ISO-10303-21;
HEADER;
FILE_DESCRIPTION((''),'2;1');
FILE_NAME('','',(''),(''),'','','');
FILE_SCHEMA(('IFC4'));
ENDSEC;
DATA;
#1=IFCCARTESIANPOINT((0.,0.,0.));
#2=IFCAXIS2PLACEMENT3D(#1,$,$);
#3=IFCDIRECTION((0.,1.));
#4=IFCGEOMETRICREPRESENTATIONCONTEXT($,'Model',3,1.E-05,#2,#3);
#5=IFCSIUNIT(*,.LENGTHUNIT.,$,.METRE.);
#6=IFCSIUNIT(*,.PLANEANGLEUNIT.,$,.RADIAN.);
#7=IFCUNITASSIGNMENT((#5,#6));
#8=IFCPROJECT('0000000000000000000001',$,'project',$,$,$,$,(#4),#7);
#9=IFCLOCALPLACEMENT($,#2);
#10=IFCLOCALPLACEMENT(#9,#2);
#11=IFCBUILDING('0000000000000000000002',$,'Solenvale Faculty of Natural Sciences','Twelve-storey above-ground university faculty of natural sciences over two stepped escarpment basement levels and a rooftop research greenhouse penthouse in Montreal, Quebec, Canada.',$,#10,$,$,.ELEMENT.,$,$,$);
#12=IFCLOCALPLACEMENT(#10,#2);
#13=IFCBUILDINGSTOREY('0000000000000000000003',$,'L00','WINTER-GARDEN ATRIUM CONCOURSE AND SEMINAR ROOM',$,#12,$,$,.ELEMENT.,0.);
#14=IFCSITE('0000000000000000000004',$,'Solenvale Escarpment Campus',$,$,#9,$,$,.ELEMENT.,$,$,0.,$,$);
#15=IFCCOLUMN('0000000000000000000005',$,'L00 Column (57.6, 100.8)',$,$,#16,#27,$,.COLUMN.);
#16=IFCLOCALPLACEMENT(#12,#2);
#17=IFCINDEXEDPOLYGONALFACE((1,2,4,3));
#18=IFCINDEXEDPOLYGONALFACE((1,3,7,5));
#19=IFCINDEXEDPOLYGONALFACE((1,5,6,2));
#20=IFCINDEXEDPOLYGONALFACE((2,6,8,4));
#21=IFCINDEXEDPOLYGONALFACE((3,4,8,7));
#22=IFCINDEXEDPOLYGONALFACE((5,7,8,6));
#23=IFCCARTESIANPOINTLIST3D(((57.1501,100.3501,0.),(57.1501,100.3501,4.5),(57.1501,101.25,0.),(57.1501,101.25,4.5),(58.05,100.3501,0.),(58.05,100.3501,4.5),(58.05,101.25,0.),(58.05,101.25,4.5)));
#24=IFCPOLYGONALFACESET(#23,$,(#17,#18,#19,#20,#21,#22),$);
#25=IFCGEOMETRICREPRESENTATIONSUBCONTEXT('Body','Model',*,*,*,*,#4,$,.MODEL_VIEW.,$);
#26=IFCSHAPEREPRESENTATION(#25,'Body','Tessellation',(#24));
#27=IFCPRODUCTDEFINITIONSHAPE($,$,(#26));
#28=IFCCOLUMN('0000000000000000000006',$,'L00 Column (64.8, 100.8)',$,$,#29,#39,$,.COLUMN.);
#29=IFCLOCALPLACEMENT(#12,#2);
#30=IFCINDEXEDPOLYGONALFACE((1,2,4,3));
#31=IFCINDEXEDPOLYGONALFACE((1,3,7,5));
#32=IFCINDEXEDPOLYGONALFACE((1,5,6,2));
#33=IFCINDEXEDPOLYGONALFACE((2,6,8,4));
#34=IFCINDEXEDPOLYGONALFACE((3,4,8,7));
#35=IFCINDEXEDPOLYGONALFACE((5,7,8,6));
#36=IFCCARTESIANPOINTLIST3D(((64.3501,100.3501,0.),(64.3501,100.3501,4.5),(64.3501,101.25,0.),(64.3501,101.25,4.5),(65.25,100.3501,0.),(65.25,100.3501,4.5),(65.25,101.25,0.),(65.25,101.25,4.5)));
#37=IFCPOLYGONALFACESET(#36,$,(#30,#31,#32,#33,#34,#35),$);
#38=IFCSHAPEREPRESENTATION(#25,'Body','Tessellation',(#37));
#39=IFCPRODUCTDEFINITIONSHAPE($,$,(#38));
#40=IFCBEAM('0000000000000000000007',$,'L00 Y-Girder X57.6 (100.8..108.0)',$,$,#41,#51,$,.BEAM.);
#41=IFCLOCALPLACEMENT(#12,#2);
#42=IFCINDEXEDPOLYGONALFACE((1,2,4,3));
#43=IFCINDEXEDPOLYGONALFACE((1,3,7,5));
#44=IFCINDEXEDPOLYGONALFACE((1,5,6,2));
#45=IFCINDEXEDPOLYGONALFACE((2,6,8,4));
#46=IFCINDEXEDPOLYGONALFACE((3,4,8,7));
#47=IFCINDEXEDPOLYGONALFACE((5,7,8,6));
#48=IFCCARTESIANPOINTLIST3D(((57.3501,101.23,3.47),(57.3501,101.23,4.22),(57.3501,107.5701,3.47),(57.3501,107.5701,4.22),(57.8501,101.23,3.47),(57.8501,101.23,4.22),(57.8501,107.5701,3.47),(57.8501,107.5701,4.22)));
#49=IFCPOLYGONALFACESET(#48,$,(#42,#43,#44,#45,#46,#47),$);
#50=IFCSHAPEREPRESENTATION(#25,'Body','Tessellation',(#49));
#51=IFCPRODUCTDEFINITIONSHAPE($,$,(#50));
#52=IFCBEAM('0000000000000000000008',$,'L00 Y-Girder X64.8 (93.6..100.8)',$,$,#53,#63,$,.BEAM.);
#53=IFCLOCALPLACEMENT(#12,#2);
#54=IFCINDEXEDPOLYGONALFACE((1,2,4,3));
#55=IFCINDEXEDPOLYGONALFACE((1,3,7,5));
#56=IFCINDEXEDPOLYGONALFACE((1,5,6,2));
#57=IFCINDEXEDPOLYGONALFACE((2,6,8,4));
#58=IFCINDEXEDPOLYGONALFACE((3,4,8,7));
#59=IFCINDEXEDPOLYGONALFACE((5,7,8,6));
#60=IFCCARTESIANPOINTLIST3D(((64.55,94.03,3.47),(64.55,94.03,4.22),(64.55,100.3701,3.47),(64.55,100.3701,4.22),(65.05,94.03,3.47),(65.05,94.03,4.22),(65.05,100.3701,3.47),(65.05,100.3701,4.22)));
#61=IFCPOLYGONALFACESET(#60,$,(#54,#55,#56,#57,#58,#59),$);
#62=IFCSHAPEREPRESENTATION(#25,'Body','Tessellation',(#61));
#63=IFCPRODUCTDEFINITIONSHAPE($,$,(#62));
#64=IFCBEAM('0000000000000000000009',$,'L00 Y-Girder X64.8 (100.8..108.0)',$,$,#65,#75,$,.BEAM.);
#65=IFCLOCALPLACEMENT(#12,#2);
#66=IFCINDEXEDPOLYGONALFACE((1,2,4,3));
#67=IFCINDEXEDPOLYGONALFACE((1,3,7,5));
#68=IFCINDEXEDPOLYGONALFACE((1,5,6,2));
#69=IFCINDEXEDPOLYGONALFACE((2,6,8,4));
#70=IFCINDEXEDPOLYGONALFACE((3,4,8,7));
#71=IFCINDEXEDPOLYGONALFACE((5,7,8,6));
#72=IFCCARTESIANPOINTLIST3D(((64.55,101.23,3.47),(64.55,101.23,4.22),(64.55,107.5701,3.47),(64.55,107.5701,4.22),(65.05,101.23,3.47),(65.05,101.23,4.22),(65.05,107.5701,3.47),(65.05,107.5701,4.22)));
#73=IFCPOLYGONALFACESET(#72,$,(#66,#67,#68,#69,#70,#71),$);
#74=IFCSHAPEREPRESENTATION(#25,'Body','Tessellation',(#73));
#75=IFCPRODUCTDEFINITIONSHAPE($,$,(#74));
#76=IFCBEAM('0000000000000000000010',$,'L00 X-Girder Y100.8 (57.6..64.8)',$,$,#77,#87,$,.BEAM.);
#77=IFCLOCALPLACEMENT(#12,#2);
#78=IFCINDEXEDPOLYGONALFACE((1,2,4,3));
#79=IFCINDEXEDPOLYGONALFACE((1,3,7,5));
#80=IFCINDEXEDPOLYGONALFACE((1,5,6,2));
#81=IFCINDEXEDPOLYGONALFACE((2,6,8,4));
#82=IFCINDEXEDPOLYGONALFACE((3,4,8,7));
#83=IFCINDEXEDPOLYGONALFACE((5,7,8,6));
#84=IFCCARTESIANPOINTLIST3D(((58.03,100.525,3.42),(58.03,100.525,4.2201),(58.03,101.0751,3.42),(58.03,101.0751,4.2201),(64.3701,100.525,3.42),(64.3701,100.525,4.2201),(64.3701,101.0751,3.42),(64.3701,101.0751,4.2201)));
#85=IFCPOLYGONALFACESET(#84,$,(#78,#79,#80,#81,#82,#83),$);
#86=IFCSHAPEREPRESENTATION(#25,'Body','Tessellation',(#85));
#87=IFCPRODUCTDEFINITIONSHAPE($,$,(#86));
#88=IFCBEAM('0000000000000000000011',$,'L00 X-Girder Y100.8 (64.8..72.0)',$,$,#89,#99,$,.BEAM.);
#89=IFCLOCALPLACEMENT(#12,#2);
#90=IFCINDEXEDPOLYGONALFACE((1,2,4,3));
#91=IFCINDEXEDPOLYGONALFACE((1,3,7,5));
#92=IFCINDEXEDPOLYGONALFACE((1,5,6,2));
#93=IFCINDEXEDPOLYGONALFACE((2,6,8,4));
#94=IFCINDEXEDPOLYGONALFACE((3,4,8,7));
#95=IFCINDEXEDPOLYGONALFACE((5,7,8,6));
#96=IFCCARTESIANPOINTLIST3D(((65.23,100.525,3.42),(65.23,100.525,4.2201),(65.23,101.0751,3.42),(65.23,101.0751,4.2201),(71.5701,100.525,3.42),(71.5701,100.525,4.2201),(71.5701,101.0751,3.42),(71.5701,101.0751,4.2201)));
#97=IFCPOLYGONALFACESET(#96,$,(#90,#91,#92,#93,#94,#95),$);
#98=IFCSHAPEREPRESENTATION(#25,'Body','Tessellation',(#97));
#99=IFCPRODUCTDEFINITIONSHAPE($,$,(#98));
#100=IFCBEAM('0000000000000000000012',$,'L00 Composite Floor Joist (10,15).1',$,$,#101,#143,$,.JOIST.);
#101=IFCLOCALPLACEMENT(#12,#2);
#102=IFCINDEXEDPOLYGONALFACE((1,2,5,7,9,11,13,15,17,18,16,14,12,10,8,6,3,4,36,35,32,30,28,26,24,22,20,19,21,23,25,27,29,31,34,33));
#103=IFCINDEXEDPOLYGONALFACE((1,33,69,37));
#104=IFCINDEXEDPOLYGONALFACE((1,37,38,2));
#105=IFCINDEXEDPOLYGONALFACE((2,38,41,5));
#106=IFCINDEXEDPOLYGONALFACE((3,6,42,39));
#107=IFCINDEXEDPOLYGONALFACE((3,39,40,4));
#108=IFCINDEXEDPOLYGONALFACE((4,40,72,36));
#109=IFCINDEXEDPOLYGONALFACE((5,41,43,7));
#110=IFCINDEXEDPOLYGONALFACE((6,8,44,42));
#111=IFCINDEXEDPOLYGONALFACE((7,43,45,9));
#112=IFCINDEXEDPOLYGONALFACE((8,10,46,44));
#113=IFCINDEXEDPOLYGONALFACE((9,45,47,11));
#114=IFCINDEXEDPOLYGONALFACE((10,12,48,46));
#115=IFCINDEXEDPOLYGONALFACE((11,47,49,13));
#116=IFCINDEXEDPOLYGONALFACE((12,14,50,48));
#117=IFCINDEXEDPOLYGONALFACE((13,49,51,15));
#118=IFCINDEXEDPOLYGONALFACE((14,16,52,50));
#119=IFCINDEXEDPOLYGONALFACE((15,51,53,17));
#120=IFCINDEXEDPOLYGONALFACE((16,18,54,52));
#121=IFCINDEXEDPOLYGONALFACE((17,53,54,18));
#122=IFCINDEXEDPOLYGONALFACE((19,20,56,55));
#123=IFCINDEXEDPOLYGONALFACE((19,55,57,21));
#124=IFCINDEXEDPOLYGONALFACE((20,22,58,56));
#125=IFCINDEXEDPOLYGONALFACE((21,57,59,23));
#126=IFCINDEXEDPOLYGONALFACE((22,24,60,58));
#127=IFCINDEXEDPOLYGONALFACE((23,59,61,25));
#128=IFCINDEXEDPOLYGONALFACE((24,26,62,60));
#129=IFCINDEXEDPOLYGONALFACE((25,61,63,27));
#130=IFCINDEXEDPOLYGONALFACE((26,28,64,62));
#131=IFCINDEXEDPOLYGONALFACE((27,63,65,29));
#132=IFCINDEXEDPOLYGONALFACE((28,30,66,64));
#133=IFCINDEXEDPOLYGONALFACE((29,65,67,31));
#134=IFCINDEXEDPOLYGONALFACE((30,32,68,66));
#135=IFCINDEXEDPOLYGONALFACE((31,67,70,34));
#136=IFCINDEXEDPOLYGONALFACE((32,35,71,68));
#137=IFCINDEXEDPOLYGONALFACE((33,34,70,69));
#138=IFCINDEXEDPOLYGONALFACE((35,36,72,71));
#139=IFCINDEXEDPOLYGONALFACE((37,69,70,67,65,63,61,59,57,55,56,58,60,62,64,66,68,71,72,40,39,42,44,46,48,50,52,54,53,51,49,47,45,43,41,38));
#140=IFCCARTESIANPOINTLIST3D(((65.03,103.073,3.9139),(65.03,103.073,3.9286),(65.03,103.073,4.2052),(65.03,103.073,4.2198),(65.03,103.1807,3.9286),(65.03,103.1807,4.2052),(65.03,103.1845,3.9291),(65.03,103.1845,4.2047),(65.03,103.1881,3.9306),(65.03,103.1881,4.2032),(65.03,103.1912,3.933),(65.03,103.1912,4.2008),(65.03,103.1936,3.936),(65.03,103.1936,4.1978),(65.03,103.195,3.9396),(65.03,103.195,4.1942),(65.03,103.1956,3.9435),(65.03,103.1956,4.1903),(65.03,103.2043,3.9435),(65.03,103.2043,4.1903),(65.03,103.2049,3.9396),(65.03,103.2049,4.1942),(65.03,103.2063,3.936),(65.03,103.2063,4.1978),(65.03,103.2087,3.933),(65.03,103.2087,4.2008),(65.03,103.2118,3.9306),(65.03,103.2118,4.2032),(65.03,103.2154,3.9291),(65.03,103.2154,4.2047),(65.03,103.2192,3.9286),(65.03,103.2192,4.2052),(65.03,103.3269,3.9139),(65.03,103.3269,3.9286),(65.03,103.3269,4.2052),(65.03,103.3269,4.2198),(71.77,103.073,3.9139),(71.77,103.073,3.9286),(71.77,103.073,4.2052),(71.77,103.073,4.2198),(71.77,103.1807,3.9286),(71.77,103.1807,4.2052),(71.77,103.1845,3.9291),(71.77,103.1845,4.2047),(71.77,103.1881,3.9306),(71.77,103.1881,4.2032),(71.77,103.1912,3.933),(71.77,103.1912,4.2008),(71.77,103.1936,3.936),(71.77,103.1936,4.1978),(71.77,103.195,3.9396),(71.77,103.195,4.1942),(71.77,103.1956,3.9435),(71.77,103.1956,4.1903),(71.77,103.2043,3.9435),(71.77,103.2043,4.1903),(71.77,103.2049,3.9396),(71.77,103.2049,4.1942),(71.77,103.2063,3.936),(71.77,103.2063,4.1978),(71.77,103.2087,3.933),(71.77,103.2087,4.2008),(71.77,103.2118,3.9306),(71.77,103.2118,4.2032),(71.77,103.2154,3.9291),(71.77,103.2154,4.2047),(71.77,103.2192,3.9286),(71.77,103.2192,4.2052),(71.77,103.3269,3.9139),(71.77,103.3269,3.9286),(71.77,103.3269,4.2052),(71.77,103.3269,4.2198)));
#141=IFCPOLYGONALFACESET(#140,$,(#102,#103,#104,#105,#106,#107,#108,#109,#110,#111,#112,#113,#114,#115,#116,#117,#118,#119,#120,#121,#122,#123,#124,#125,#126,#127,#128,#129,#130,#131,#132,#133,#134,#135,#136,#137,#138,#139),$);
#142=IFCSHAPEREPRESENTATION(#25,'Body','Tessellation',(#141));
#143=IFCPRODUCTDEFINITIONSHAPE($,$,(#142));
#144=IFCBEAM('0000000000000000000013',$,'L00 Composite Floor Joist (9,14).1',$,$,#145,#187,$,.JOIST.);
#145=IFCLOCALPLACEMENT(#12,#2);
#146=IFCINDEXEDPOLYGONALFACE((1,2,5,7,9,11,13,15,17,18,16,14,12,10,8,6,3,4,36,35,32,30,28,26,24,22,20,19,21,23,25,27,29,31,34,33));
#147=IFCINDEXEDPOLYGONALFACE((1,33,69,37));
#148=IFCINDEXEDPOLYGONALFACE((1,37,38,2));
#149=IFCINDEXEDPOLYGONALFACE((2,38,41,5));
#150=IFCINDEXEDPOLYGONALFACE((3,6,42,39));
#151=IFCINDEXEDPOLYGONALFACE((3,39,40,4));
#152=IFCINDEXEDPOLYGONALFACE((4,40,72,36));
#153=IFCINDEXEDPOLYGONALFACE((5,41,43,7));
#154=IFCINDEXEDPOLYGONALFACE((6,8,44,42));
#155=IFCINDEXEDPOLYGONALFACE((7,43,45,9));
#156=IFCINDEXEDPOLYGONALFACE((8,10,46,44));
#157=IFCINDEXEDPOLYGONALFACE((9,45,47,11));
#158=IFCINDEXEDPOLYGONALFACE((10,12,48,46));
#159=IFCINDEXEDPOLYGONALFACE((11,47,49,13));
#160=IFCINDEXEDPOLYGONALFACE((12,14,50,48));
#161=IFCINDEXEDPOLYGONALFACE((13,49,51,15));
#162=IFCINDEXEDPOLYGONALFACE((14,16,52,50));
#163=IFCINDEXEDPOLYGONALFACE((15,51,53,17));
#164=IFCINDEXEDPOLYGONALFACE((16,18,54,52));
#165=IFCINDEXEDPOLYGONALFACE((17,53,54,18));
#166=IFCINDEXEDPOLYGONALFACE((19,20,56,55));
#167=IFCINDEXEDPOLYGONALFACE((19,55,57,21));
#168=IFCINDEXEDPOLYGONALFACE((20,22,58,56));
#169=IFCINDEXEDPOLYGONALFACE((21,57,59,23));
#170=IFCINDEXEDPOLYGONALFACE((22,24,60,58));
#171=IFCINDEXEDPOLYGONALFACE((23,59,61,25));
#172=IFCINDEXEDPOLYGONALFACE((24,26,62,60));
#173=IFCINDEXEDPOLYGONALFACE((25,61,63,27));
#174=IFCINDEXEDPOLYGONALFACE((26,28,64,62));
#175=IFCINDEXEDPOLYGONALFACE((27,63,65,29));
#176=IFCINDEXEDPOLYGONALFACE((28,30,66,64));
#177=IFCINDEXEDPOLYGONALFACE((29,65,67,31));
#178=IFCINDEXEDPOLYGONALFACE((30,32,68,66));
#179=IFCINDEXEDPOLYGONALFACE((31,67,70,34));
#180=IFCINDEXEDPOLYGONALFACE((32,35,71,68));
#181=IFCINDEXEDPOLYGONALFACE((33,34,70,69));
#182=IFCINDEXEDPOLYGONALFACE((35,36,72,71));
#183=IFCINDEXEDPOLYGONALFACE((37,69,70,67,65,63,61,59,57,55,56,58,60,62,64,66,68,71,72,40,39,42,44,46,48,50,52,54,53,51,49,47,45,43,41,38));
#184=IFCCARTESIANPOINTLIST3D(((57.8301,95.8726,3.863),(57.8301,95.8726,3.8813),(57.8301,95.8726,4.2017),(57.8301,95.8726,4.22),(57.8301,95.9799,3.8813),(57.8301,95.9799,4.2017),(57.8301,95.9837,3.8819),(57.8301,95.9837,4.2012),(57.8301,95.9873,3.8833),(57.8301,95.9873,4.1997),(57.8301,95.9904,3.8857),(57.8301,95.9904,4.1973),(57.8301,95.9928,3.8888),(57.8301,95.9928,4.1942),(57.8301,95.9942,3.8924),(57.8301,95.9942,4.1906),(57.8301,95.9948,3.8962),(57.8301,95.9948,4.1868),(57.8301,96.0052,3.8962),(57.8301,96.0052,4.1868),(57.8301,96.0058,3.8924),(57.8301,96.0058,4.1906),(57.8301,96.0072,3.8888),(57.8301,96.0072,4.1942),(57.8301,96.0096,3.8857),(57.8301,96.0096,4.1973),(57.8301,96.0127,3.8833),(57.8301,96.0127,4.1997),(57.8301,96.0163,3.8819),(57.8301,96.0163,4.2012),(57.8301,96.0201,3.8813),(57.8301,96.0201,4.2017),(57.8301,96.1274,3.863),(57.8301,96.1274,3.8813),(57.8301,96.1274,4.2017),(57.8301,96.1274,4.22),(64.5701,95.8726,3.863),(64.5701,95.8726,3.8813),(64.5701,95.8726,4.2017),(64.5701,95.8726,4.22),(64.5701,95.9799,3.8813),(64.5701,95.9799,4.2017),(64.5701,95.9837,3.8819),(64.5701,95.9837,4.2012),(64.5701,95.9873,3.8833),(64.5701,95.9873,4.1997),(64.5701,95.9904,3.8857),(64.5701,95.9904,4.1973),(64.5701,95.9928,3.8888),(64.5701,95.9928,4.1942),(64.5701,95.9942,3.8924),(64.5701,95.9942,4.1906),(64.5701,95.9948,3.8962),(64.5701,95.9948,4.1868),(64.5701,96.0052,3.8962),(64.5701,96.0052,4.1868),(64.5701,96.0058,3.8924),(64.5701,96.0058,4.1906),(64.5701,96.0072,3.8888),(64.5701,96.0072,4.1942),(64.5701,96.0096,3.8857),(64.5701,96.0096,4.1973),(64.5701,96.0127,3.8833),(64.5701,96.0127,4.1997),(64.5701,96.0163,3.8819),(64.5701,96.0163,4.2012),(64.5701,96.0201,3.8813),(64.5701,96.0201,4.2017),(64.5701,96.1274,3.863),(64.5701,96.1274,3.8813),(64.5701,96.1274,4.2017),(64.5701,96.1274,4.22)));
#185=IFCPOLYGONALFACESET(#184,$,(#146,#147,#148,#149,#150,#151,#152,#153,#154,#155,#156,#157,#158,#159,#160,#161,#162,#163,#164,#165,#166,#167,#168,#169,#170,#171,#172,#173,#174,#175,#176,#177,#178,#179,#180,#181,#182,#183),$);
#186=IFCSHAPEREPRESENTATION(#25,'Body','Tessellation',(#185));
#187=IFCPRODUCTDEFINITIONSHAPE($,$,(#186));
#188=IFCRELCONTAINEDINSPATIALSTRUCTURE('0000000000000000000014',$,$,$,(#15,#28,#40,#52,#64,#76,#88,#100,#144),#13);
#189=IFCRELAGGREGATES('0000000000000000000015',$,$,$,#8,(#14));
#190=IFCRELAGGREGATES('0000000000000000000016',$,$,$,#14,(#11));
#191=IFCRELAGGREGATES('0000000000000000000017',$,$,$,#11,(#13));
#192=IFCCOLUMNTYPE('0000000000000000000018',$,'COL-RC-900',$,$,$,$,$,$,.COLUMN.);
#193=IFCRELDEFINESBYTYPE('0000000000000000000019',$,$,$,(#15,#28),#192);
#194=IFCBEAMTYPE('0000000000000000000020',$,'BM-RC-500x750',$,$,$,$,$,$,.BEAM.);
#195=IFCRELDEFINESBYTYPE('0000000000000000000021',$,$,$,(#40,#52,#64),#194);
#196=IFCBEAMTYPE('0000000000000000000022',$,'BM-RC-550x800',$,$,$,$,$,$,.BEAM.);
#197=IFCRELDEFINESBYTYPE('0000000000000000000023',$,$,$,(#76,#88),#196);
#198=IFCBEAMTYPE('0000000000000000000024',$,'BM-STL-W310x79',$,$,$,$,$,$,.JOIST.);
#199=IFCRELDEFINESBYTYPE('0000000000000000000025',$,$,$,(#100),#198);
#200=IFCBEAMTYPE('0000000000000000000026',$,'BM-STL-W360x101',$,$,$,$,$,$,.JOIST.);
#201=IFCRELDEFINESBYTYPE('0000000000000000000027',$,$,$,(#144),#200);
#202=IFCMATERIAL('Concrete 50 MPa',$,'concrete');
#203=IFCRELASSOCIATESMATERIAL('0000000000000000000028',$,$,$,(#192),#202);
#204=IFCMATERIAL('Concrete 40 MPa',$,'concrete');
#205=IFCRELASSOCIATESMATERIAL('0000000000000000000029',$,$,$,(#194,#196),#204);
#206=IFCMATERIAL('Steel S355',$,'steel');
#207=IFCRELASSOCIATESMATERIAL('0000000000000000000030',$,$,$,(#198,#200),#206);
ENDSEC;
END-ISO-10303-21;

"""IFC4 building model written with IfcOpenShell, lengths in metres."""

from ifc_helpers import new_model, si_unit, direction, frame, origin, origin_2d, place, context, subcontext, project, spatial, rectangle, i_section, extrude, material, material_profile, profile_set, type_object, element, save


model = new_model("IFC4")

# Units and contexts
model_context = context("Model", 3, precision=1e-05, world=origin(), true_north=direction((0.0, 1.0)))
body_context = subcontext(model_context, "Body", "Model", "MODEL_VIEW")
ifc_project = project(units=[si_unit("LENGTHUNIT", "METRE"), si_unit("PLANEANGLEUNIT", "RADIAN")], contexts=[model_context])

# Site, building, storey
site_placement = place(None, origin())
site = spatial("IfcSite", under=ifc_project, at=site_placement, Name="Solenvale Escarpment Campus", CompositionType="ELEMENT", RefElevation=0.0)
building_placement = place(site_placement, origin())
building = spatial("IfcBuilding", under=site, at=building_placement, Name="Solenvale Faculty of Natural Sciences", Description="Twelve-storey above-ground university faculty of natural sciences over two stepped escarpment basement levels and a rooftop research greenhouse penthouse in Montreal, Quebec, Canada.", CompositionType="ELEMENT")
storey_placement = place(building_placement, origin())
storey = spatial("IfcBuildingStorey", under=building, at=storey_placement, Name="L00", Description="WINTER-GARDEN ATRIUM CONCOURSE AND SEMINAR ROOM", CompositionType="ELEMENT", Elevation=0.0)

# Columns
ifc_material_1 = material(Name="Concrete 50 MPa", Category="concrete")
ifc_material_profile_1 = material_profile(ifc_material_1, rectangle(XDim=0.8999, YDim=0.8999, at=origin_2d()), Name="RC-COL-900x900")
ifc_profile_set_1 = profile_set([ifc_material_profile_1], Name="Concrete 50 MPa")
column_type = type_object("IfcColumnType", Name="COL-RC-900", PredefinedType="COLUMN", material=ifc_profile_set_1)
for number, where, z_axis, x_axis, name in (
    (1, (57.6001, 100.8, 0.0), (0.0, 0.0, 1.0), (1.0, 0.0, 0.0), "L00 Column (57.6, 100.8)"),
    (2, (64.8, 100.8, 0.0), (0.0, 0.0, 1.0), (1.0, 0.0, 0.0), "L00 Column (64.8, 100.8)"),
):
    element("IfcColumn", number, at=place(storey_placement, frame(where, z_axis=z_axis, x_axis=x_axis)), inside=storey, type_object=column_type, Name=name, PredefinedType="COLUMN", context=body_context, shape_type="SweptSolid", body=[
        extrude(rectangle(XDim=0.8999, YDim=0.8999, at=origin_2d()), origin(), (0.0, 0.0, 1.0), 4.5),
    ])

# Beams
ifc_material_2 = material(Name="Concrete 40 MPa", Category="concrete")
ifc_material_profile_2 = material_profile(ifc_material_2, rectangle(XDim=0.5, YDim=0.75, at=origin_2d()), Name="RC-BM-500x750")
ifc_profile_set_2 = profile_set([ifc_material_profile_2], Name="Concrete 40 MPa")
beam_type_1 = type_object("IfcBeamType", Name="BM-RC-500x750", PredefinedType="BEAM", material=ifc_profile_set_2)
for number, where, z_axis, x_axis, name in (
    (3, (57.6001, 101.23, 3.845), (0.0, 1.0, 0.0), (-1.0, 0.0, 0.0), "L00 Y-Girder X57.6 (100.8..108.0)"),
    (4, (64.8, 94.03, 3.845), (0.0, 1.0, 0.0), (-1.0, 0.0, 0.0), "L00 Y-Girder X64.8 (93.6..100.8)"),
    (5, (64.8, 101.23, 3.845), (0.0, 1.0, 0.0), (-1.0, 0.0, 0.0), "L00 Y-Girder X64.8 (100.8..108.0)"),
):
    element("IfcBeam", number, at=place(storey_placement, frame(where, z_axis=z_axis, x_axis=x_axis)), inside=storey, type_object=beam_type_1, Name=name, PredefinedType="BEAM", context=body_context, shape_type="SweptSolid", body=[
        extrude(rectangle(XDim=0.5, YDim=0.75, at=origin_2d()), origin(), (0.0, 0.0, 1.0), 6.3401),
    ])
ifc_material_profile_3 = material_profile(ifc_material_2, rectangle(XDim=0.55, YDim=0.8, at=origin_2d()), Name="RC-BM-550x800")
ifc_profile_set_3 = profile_set([ifc_material_profile_3], Name="Concrete 40 MPa")
beam_type_2 = type_object("IfcBeamType", Name="BM-RC-550x800", PredefinedType="BEAM", material=ifc_profile_set_3)
for number, where, z_axis, x_axis, name in (
    (6, (58.03, 100.8, 3.8201), (1.0, 0.0, 0.0), (0.0, 1.0, 0.0), "L00 X-Girder Y100.8 (57.6..64.8)"),
    (7, (65.23, 100.8, 3.8201), (1.0, 0.0, 0.0), (0.0, 1.0, 0.0), "L00 X-Girder Y100.8 (64.8..72.0)"),
):
    element("IfcBeam", number, at=place(storey_placement, frame(where, z_axis=z_axis, x_axis=x_axis)), inside=storey, type_object=beam_type_2, Name=name, PredefinedType="BEAM", context=body_context, shape_type="SweptSolid", body=[
        extrude(rectangle(XDim=0.55, YDim=0.8, at=origin_2d()), origin(), (0.0, 0.0, 1.0), 6.3401),
    ])
ifc_material_3 = material(Name="Steel S355", Category="steel")
ifc_material_profile_4 = material_profile(ifc_material_3, i_section(OverallWidth=0.2539, OverallDepth=0.3059, WebThickness=0.0088, FlangeThickness=0.0146, FilletRadius=0.0149, at=origin_2d()), Name="W310x79")
ifc_profile_set_4 = profile_set([ifc_material_profile_4], Name="Steel S355")
beam_type_3 = type_object("IfcBeamType", Name="BM-STL-W310x79", PredefinedType="JOIST", material=ifc_profile_set_4)
beam_placement = place(storey_placement, frame((65.03, 103.2, 4.0669), z_axis=(1.0, 0.0, 0.0), x_axis=(0.0, 1.0, 0.0)))
element("IfcBeam", 8, at=beam_placement, inside=storey, type_object=beam_type_3, Name="L00 Composite Floor Joist (10,15).1", PredefinedType="JOIST", context=body_context, shape_type="SweptSolid", body=[
    extrude(i_section(OverallWidth=0.2539, OverallDepth=0.3059, WebThickness=0.0088, FlangeThickness=0.0146, FilletRadius=0.0149, at=origin_2d()), origin(), (0.0, 0.0, 1.0), 6.74),
])
ifc_material_profile_5 = material_profile(ifc_material_3, i_section(OverallWidth=0.2549, OverallDepth=0.3569, WebThickness=0.0105, FlangeThickness=0.0183, FilletRadius=0.0149, at=origin_2d()), Name="W360x101")
ifc_profile_set_5 = profile_set([ifc_material_profile_5], Name="Steel S355")
beam_type_4 = type_object("IfcBeamType", Name="BM-STL-W360x101", PredefinedType="JOIST", material=ifc_profile_set_5)
for number, where, z_axis, x_axis, name in (
    (9, (57.8301, 96.0, 4.0415), (1.0, 0.0, 0.0), (0.0, 1.0, 0.0), "L00 Composite Floor Joist (9,14).1"),
):
    element("IfcBeam", number, at=place(storey_placement, frame(where, z_axis=z_axis, x_axis=x_axis)), inside=storey, type_object=beam_type_4, Name=name, PredefinedType="JOIST", context=body_context, shape_type="SweptSolid", body=[
        extrude(i_section(OverallWidth=0.2549, OverallDepth=0.3569, WebThickness=0.0105, FlangeThickness=0.0183, FilletRadius=0.0149, at=origin_2d()), origin(), (0.0, 0.0, 1.0), 6.74),
    ])

save(model, "model.ifc")
